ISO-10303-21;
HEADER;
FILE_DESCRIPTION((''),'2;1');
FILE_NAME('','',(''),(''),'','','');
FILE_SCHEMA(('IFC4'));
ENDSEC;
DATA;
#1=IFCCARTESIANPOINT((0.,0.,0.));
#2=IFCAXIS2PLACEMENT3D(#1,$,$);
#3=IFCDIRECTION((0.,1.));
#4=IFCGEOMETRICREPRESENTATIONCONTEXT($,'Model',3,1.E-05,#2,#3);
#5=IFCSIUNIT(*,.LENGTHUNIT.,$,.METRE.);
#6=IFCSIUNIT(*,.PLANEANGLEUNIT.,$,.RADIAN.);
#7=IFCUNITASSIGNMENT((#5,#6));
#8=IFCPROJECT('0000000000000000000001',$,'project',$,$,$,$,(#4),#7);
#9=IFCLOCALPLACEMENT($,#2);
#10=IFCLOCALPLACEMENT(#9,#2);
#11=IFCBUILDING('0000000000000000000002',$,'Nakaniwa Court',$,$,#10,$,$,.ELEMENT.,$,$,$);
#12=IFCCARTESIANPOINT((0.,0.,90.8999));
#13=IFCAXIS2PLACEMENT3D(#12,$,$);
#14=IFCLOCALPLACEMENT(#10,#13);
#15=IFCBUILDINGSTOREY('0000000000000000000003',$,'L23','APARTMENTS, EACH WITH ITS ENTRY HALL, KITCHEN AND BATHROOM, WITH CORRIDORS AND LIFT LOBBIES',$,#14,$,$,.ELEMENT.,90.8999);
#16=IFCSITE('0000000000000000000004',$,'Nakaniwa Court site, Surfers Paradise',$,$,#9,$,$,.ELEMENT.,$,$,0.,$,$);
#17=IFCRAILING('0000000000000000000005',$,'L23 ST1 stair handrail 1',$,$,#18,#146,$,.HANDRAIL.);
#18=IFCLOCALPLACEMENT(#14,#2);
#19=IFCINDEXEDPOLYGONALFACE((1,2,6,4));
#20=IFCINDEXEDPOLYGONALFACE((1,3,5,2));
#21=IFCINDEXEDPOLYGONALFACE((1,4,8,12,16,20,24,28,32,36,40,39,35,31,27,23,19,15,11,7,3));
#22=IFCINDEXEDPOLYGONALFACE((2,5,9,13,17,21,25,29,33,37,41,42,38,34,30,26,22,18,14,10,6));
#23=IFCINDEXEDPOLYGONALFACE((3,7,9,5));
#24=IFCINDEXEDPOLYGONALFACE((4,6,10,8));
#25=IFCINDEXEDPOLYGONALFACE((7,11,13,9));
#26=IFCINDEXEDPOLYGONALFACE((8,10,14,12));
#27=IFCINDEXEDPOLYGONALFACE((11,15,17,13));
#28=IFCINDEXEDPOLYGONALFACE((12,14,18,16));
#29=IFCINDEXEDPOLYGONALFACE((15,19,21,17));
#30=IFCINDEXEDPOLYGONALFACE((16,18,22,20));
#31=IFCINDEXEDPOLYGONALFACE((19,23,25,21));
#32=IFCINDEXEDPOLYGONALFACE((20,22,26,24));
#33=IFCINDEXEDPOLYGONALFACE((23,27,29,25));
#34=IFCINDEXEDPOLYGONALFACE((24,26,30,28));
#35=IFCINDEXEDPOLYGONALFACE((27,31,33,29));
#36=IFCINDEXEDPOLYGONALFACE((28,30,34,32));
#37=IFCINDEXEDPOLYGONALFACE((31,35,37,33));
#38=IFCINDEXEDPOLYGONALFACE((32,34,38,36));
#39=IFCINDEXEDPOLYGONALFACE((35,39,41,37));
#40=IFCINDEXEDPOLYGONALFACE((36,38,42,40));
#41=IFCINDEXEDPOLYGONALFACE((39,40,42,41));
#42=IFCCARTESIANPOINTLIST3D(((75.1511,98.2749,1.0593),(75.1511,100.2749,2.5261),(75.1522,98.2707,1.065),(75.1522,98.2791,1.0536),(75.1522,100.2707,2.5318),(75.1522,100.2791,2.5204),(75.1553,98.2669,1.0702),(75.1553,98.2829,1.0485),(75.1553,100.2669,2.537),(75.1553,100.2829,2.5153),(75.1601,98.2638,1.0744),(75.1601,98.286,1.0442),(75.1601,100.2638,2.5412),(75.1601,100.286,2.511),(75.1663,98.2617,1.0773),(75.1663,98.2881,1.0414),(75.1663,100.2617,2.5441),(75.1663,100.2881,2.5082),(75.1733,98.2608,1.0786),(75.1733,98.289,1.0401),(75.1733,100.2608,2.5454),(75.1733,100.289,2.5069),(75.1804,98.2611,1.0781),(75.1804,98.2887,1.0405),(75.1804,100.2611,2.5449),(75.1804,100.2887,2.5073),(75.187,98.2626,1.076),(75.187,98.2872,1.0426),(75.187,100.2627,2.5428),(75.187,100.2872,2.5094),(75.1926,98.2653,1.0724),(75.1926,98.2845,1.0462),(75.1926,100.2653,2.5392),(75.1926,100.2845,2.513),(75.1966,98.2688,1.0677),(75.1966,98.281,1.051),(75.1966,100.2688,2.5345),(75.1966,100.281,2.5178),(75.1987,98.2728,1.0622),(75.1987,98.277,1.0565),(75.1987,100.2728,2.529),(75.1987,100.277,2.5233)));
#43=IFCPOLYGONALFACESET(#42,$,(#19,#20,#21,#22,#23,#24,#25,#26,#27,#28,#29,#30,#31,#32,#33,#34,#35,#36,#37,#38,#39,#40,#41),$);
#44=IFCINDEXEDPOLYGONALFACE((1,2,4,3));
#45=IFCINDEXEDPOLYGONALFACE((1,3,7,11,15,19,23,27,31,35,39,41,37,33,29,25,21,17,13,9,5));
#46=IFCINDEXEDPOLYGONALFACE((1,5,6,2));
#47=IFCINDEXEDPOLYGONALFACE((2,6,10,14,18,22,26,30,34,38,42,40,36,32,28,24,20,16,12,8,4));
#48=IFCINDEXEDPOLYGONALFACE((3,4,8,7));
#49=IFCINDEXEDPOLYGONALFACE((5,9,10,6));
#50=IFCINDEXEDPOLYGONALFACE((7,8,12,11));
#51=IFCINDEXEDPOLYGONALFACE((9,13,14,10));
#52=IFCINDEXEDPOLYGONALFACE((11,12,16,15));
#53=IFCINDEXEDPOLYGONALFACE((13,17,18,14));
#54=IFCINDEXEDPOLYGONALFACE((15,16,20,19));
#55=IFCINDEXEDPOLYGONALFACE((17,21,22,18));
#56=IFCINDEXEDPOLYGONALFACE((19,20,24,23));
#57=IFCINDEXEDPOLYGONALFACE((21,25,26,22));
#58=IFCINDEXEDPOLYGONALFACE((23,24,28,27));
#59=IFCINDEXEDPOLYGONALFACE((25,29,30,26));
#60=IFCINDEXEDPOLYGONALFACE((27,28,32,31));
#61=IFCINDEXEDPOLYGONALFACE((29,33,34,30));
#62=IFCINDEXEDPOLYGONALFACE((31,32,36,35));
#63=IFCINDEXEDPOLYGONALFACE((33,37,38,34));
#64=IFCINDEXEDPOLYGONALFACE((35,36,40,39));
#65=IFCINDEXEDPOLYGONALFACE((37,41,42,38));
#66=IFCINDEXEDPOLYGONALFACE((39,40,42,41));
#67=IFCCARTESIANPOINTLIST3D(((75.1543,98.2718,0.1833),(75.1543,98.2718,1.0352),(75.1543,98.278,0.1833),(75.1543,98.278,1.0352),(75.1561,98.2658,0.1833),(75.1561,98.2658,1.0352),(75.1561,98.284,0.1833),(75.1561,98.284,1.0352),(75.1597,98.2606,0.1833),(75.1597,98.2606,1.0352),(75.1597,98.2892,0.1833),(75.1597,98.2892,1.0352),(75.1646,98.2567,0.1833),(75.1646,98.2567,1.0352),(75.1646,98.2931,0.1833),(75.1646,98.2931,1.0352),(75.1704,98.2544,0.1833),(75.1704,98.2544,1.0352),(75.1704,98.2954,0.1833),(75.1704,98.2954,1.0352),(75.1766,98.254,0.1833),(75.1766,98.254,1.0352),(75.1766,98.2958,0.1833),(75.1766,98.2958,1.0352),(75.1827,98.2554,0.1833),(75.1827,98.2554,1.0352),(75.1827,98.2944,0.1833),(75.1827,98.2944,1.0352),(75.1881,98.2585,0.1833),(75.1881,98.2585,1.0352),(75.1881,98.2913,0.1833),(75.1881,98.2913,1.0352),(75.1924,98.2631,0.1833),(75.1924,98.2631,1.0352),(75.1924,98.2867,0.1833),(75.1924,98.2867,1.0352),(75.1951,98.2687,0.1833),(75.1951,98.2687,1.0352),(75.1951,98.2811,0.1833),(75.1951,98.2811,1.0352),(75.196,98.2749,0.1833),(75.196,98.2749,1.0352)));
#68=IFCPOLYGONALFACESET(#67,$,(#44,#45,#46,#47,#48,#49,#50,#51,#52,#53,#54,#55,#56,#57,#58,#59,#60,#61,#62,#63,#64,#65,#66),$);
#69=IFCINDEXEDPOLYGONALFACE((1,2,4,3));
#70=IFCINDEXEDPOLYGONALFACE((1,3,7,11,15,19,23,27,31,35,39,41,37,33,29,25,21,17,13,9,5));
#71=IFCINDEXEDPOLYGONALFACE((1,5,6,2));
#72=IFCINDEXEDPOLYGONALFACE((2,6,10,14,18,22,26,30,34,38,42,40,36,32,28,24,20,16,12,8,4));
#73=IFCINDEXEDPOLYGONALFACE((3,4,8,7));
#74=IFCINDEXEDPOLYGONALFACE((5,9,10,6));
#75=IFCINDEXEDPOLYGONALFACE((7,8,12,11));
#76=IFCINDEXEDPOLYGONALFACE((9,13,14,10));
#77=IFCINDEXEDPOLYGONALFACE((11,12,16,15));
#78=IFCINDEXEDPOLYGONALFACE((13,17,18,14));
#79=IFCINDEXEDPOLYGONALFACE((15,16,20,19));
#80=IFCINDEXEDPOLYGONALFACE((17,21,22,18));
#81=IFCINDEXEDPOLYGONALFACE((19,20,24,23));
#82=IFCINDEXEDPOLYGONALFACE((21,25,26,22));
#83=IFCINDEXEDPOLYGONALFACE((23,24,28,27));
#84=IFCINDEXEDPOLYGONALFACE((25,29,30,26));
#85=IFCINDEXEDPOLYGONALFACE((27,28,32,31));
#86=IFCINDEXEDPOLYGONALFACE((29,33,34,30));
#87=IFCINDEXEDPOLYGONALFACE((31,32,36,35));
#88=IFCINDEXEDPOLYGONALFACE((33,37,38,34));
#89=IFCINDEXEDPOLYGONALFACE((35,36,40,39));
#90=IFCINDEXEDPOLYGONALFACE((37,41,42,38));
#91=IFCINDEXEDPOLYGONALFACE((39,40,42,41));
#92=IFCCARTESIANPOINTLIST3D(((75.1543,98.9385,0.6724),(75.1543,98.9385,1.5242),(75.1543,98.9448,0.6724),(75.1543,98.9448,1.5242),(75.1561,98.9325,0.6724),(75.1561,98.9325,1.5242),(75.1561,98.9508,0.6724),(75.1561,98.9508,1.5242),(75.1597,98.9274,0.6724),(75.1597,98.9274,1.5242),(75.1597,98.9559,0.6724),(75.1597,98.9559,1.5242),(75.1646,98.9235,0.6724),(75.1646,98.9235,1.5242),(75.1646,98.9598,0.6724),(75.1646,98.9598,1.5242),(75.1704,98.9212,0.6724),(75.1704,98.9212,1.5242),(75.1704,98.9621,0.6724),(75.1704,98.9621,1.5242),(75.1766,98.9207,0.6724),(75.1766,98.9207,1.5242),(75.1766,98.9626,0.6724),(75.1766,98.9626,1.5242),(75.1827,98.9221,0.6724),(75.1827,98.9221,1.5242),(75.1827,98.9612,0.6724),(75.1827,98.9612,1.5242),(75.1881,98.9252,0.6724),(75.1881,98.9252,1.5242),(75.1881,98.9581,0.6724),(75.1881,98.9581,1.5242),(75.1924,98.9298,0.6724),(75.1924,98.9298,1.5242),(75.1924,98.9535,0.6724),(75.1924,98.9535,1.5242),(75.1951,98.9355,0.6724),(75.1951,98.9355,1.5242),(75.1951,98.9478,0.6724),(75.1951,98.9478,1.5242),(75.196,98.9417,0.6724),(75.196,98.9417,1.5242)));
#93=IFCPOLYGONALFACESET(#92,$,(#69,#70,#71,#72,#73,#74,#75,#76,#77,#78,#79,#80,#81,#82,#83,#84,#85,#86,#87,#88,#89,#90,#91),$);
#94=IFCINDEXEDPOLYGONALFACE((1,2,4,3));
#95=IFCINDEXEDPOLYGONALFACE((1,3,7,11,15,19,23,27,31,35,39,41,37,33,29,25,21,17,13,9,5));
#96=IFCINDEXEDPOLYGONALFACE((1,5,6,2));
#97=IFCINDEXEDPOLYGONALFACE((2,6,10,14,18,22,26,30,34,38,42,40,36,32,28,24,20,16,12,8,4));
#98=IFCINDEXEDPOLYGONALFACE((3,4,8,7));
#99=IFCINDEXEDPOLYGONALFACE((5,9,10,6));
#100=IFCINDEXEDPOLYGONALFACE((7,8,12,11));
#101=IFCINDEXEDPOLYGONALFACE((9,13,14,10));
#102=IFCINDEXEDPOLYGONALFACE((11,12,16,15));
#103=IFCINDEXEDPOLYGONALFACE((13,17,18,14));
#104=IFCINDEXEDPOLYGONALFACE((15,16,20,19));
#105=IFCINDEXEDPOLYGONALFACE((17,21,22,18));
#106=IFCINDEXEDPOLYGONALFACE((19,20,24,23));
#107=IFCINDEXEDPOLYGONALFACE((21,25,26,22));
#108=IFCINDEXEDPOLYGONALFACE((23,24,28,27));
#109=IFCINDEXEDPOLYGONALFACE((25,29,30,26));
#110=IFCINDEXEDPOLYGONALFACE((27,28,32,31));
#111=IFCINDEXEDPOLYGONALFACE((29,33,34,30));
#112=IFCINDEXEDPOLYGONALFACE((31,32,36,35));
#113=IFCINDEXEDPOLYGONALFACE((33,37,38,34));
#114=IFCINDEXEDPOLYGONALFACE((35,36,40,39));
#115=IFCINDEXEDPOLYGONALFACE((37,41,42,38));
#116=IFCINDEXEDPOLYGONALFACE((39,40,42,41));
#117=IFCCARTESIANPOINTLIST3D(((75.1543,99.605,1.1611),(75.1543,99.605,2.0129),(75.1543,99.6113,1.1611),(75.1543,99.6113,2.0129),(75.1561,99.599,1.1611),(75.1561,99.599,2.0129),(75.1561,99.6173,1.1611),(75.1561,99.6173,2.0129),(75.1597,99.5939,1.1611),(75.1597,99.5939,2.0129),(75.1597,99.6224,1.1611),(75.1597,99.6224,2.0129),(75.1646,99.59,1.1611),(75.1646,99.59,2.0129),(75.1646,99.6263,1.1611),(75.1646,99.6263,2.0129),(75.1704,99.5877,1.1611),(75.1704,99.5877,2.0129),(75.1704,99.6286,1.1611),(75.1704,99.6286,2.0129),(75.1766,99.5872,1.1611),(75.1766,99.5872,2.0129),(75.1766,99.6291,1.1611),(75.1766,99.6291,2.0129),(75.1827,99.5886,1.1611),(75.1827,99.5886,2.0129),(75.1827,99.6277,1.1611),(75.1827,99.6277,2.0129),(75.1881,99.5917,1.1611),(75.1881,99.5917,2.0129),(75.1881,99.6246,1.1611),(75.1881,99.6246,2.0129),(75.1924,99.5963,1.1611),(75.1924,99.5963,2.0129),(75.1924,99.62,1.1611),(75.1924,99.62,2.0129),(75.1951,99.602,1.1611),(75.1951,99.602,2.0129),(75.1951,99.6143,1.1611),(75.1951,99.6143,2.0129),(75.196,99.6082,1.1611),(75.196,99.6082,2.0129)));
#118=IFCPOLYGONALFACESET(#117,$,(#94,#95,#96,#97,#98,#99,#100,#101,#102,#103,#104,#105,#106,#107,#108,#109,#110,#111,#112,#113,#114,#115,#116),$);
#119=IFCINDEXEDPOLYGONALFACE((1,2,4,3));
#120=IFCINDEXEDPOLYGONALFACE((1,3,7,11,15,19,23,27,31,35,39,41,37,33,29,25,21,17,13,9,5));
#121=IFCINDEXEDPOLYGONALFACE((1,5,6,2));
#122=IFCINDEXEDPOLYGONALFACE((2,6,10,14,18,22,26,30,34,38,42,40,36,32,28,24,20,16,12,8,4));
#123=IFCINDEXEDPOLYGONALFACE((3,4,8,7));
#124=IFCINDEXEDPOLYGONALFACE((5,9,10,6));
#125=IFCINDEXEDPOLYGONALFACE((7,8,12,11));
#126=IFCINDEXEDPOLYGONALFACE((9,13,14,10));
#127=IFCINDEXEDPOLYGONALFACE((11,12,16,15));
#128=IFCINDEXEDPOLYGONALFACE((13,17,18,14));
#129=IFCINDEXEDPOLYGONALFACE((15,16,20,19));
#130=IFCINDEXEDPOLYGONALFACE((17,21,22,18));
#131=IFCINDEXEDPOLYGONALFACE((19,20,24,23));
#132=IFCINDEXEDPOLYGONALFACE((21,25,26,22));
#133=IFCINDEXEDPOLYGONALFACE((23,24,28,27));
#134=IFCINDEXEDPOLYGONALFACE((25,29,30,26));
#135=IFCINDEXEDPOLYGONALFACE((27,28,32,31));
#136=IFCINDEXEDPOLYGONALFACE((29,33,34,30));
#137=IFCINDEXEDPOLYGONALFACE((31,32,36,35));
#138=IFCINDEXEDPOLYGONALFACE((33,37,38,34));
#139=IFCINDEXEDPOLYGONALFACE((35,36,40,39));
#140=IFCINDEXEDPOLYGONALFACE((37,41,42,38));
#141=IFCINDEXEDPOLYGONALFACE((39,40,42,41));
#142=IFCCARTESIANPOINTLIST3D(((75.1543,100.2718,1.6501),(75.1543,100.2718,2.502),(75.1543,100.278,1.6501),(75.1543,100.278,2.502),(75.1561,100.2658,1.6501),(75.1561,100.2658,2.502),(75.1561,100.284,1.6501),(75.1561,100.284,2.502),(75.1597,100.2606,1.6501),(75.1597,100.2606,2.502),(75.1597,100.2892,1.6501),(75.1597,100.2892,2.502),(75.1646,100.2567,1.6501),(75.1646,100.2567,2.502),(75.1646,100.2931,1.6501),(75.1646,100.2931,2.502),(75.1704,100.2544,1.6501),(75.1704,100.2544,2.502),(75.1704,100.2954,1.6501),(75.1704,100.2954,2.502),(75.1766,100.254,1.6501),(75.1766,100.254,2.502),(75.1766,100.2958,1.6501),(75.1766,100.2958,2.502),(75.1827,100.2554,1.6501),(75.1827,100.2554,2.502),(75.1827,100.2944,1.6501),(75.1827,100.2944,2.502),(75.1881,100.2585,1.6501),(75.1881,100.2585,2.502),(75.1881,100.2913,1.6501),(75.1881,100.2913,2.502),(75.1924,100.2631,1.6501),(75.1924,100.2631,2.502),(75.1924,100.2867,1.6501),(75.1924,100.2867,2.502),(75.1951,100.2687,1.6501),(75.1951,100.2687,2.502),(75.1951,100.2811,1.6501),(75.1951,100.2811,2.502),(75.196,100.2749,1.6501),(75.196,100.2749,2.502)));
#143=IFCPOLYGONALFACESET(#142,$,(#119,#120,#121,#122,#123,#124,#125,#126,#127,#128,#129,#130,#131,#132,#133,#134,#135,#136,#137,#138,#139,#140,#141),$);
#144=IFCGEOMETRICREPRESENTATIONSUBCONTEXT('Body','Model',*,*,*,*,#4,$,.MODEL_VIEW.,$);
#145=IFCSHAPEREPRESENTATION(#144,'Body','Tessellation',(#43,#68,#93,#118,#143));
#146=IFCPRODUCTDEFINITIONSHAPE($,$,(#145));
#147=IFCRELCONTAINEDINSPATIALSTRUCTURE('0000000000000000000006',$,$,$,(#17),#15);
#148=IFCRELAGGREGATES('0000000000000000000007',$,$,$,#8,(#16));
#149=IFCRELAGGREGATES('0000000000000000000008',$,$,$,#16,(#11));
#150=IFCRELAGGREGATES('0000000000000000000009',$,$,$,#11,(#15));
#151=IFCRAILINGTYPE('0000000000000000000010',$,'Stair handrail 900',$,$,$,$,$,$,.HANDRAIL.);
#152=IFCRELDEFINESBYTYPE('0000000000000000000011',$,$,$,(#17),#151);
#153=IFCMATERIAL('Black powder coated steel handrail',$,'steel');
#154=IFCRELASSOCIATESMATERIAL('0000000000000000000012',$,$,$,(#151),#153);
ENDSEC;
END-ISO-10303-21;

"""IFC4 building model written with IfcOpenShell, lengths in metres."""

from ifc_helpers import new_model, si_unit, direction, frame, origin, origin_2d, place, context, subcontext, project, spatial, circle, extrude, material, type_object, element, save


model = new_model("IFC4")

# Units and contexts
model_context = context("Model", 3, precision=1e-05, world=origin(), true_north=direction((0.0, 1.0)))
body_context = subcontext(model_context, "Body", "Model", "MODEL_VIEW")
ifc_project = project(units=[si_unit("LENGTHUNIT", "METRE"), si_unit("PLANEANGLEUNIT", "RADIAN")], contexts=[model_context])

# Site, building, storey
site_placement = place(None, origin())
site = spatial("IfcSite", under=ifc_project, at=site_placement, Name="Nakaniwa Court site, Surfers Paradise", CompositionType="ELEMENT", RefElevation=0.0)
building_placement = place(site_placement, origin())
building = spatial("IfcBuilding", under=site, at=building_placement, Name="Nakaniwa Court", CompositionType="ELEMENT")
storey_placement = place(building_placement, frame((0.0, 0.0, 90.8999)))
storey = spatial("IfcBuildingStorey", under=building, at=storey_placement, Name="L23", Description="APARTMENTS, EACH WITH ITS ENTRY HALL, KITCHEN AND BATHROOM, WITH CORRIDORS AND LIFT LOBBIES", CompositionType="ELEMENT", Elevation=90.8999)

# Railing
ifc_material_1 = material(Name="Black powder coated steel handrail", Category="steel")
railing_type_1 = type_object("IfcRailingType", Name="Stair handrail 900", PredefinedType="HANDRAIL", material=ifc_material_1)
railing_1_placement = place(storey_placement, frame((75.175, 98.2749, 0.1833)))
element("IfcRailing", 1, at=railing_1_placement, inside=storey, type_object=railing_type_1, Name="L23 ST1 stair handrail 1", PredefinedType="HANDRAIL", context=body_context, shape_type="SweptSolid", body=[
    extrude(circle(Radius=0.0239, at=origin_2d()), frame((0.0, 0.0, 0.876), z_axis=(0.0, 0.80638, 0.591398), x_axis=(-1.0, 0.0, 0.0)), (0.0, 0.0, 1.0), 2.4802),
    extrude(circle(Radius=0.021, at=origin_2d()), origin(), (0.0, 0.0, 1.0), 0.8518),
    extrude(circle(Radius=0.021, at=origin_2d()), frame((0.0, 0.6667, 0.489)), (0.0, 0.0, 1.0), 0.8518),
    extrude(circle(Radius=0.021, at=origin_2d()), frame((0.0, 1.3333, 0.9778)), (0.0, 0.0, 1.0), 0.8518),
    extrude(circle(Radius=0.021, at=origin_2d()), frame((0.0, 2.0, 1.4668)), (0.0, 0.0, 1.0), 0.8518),
])

save(model, "model.ifc")
